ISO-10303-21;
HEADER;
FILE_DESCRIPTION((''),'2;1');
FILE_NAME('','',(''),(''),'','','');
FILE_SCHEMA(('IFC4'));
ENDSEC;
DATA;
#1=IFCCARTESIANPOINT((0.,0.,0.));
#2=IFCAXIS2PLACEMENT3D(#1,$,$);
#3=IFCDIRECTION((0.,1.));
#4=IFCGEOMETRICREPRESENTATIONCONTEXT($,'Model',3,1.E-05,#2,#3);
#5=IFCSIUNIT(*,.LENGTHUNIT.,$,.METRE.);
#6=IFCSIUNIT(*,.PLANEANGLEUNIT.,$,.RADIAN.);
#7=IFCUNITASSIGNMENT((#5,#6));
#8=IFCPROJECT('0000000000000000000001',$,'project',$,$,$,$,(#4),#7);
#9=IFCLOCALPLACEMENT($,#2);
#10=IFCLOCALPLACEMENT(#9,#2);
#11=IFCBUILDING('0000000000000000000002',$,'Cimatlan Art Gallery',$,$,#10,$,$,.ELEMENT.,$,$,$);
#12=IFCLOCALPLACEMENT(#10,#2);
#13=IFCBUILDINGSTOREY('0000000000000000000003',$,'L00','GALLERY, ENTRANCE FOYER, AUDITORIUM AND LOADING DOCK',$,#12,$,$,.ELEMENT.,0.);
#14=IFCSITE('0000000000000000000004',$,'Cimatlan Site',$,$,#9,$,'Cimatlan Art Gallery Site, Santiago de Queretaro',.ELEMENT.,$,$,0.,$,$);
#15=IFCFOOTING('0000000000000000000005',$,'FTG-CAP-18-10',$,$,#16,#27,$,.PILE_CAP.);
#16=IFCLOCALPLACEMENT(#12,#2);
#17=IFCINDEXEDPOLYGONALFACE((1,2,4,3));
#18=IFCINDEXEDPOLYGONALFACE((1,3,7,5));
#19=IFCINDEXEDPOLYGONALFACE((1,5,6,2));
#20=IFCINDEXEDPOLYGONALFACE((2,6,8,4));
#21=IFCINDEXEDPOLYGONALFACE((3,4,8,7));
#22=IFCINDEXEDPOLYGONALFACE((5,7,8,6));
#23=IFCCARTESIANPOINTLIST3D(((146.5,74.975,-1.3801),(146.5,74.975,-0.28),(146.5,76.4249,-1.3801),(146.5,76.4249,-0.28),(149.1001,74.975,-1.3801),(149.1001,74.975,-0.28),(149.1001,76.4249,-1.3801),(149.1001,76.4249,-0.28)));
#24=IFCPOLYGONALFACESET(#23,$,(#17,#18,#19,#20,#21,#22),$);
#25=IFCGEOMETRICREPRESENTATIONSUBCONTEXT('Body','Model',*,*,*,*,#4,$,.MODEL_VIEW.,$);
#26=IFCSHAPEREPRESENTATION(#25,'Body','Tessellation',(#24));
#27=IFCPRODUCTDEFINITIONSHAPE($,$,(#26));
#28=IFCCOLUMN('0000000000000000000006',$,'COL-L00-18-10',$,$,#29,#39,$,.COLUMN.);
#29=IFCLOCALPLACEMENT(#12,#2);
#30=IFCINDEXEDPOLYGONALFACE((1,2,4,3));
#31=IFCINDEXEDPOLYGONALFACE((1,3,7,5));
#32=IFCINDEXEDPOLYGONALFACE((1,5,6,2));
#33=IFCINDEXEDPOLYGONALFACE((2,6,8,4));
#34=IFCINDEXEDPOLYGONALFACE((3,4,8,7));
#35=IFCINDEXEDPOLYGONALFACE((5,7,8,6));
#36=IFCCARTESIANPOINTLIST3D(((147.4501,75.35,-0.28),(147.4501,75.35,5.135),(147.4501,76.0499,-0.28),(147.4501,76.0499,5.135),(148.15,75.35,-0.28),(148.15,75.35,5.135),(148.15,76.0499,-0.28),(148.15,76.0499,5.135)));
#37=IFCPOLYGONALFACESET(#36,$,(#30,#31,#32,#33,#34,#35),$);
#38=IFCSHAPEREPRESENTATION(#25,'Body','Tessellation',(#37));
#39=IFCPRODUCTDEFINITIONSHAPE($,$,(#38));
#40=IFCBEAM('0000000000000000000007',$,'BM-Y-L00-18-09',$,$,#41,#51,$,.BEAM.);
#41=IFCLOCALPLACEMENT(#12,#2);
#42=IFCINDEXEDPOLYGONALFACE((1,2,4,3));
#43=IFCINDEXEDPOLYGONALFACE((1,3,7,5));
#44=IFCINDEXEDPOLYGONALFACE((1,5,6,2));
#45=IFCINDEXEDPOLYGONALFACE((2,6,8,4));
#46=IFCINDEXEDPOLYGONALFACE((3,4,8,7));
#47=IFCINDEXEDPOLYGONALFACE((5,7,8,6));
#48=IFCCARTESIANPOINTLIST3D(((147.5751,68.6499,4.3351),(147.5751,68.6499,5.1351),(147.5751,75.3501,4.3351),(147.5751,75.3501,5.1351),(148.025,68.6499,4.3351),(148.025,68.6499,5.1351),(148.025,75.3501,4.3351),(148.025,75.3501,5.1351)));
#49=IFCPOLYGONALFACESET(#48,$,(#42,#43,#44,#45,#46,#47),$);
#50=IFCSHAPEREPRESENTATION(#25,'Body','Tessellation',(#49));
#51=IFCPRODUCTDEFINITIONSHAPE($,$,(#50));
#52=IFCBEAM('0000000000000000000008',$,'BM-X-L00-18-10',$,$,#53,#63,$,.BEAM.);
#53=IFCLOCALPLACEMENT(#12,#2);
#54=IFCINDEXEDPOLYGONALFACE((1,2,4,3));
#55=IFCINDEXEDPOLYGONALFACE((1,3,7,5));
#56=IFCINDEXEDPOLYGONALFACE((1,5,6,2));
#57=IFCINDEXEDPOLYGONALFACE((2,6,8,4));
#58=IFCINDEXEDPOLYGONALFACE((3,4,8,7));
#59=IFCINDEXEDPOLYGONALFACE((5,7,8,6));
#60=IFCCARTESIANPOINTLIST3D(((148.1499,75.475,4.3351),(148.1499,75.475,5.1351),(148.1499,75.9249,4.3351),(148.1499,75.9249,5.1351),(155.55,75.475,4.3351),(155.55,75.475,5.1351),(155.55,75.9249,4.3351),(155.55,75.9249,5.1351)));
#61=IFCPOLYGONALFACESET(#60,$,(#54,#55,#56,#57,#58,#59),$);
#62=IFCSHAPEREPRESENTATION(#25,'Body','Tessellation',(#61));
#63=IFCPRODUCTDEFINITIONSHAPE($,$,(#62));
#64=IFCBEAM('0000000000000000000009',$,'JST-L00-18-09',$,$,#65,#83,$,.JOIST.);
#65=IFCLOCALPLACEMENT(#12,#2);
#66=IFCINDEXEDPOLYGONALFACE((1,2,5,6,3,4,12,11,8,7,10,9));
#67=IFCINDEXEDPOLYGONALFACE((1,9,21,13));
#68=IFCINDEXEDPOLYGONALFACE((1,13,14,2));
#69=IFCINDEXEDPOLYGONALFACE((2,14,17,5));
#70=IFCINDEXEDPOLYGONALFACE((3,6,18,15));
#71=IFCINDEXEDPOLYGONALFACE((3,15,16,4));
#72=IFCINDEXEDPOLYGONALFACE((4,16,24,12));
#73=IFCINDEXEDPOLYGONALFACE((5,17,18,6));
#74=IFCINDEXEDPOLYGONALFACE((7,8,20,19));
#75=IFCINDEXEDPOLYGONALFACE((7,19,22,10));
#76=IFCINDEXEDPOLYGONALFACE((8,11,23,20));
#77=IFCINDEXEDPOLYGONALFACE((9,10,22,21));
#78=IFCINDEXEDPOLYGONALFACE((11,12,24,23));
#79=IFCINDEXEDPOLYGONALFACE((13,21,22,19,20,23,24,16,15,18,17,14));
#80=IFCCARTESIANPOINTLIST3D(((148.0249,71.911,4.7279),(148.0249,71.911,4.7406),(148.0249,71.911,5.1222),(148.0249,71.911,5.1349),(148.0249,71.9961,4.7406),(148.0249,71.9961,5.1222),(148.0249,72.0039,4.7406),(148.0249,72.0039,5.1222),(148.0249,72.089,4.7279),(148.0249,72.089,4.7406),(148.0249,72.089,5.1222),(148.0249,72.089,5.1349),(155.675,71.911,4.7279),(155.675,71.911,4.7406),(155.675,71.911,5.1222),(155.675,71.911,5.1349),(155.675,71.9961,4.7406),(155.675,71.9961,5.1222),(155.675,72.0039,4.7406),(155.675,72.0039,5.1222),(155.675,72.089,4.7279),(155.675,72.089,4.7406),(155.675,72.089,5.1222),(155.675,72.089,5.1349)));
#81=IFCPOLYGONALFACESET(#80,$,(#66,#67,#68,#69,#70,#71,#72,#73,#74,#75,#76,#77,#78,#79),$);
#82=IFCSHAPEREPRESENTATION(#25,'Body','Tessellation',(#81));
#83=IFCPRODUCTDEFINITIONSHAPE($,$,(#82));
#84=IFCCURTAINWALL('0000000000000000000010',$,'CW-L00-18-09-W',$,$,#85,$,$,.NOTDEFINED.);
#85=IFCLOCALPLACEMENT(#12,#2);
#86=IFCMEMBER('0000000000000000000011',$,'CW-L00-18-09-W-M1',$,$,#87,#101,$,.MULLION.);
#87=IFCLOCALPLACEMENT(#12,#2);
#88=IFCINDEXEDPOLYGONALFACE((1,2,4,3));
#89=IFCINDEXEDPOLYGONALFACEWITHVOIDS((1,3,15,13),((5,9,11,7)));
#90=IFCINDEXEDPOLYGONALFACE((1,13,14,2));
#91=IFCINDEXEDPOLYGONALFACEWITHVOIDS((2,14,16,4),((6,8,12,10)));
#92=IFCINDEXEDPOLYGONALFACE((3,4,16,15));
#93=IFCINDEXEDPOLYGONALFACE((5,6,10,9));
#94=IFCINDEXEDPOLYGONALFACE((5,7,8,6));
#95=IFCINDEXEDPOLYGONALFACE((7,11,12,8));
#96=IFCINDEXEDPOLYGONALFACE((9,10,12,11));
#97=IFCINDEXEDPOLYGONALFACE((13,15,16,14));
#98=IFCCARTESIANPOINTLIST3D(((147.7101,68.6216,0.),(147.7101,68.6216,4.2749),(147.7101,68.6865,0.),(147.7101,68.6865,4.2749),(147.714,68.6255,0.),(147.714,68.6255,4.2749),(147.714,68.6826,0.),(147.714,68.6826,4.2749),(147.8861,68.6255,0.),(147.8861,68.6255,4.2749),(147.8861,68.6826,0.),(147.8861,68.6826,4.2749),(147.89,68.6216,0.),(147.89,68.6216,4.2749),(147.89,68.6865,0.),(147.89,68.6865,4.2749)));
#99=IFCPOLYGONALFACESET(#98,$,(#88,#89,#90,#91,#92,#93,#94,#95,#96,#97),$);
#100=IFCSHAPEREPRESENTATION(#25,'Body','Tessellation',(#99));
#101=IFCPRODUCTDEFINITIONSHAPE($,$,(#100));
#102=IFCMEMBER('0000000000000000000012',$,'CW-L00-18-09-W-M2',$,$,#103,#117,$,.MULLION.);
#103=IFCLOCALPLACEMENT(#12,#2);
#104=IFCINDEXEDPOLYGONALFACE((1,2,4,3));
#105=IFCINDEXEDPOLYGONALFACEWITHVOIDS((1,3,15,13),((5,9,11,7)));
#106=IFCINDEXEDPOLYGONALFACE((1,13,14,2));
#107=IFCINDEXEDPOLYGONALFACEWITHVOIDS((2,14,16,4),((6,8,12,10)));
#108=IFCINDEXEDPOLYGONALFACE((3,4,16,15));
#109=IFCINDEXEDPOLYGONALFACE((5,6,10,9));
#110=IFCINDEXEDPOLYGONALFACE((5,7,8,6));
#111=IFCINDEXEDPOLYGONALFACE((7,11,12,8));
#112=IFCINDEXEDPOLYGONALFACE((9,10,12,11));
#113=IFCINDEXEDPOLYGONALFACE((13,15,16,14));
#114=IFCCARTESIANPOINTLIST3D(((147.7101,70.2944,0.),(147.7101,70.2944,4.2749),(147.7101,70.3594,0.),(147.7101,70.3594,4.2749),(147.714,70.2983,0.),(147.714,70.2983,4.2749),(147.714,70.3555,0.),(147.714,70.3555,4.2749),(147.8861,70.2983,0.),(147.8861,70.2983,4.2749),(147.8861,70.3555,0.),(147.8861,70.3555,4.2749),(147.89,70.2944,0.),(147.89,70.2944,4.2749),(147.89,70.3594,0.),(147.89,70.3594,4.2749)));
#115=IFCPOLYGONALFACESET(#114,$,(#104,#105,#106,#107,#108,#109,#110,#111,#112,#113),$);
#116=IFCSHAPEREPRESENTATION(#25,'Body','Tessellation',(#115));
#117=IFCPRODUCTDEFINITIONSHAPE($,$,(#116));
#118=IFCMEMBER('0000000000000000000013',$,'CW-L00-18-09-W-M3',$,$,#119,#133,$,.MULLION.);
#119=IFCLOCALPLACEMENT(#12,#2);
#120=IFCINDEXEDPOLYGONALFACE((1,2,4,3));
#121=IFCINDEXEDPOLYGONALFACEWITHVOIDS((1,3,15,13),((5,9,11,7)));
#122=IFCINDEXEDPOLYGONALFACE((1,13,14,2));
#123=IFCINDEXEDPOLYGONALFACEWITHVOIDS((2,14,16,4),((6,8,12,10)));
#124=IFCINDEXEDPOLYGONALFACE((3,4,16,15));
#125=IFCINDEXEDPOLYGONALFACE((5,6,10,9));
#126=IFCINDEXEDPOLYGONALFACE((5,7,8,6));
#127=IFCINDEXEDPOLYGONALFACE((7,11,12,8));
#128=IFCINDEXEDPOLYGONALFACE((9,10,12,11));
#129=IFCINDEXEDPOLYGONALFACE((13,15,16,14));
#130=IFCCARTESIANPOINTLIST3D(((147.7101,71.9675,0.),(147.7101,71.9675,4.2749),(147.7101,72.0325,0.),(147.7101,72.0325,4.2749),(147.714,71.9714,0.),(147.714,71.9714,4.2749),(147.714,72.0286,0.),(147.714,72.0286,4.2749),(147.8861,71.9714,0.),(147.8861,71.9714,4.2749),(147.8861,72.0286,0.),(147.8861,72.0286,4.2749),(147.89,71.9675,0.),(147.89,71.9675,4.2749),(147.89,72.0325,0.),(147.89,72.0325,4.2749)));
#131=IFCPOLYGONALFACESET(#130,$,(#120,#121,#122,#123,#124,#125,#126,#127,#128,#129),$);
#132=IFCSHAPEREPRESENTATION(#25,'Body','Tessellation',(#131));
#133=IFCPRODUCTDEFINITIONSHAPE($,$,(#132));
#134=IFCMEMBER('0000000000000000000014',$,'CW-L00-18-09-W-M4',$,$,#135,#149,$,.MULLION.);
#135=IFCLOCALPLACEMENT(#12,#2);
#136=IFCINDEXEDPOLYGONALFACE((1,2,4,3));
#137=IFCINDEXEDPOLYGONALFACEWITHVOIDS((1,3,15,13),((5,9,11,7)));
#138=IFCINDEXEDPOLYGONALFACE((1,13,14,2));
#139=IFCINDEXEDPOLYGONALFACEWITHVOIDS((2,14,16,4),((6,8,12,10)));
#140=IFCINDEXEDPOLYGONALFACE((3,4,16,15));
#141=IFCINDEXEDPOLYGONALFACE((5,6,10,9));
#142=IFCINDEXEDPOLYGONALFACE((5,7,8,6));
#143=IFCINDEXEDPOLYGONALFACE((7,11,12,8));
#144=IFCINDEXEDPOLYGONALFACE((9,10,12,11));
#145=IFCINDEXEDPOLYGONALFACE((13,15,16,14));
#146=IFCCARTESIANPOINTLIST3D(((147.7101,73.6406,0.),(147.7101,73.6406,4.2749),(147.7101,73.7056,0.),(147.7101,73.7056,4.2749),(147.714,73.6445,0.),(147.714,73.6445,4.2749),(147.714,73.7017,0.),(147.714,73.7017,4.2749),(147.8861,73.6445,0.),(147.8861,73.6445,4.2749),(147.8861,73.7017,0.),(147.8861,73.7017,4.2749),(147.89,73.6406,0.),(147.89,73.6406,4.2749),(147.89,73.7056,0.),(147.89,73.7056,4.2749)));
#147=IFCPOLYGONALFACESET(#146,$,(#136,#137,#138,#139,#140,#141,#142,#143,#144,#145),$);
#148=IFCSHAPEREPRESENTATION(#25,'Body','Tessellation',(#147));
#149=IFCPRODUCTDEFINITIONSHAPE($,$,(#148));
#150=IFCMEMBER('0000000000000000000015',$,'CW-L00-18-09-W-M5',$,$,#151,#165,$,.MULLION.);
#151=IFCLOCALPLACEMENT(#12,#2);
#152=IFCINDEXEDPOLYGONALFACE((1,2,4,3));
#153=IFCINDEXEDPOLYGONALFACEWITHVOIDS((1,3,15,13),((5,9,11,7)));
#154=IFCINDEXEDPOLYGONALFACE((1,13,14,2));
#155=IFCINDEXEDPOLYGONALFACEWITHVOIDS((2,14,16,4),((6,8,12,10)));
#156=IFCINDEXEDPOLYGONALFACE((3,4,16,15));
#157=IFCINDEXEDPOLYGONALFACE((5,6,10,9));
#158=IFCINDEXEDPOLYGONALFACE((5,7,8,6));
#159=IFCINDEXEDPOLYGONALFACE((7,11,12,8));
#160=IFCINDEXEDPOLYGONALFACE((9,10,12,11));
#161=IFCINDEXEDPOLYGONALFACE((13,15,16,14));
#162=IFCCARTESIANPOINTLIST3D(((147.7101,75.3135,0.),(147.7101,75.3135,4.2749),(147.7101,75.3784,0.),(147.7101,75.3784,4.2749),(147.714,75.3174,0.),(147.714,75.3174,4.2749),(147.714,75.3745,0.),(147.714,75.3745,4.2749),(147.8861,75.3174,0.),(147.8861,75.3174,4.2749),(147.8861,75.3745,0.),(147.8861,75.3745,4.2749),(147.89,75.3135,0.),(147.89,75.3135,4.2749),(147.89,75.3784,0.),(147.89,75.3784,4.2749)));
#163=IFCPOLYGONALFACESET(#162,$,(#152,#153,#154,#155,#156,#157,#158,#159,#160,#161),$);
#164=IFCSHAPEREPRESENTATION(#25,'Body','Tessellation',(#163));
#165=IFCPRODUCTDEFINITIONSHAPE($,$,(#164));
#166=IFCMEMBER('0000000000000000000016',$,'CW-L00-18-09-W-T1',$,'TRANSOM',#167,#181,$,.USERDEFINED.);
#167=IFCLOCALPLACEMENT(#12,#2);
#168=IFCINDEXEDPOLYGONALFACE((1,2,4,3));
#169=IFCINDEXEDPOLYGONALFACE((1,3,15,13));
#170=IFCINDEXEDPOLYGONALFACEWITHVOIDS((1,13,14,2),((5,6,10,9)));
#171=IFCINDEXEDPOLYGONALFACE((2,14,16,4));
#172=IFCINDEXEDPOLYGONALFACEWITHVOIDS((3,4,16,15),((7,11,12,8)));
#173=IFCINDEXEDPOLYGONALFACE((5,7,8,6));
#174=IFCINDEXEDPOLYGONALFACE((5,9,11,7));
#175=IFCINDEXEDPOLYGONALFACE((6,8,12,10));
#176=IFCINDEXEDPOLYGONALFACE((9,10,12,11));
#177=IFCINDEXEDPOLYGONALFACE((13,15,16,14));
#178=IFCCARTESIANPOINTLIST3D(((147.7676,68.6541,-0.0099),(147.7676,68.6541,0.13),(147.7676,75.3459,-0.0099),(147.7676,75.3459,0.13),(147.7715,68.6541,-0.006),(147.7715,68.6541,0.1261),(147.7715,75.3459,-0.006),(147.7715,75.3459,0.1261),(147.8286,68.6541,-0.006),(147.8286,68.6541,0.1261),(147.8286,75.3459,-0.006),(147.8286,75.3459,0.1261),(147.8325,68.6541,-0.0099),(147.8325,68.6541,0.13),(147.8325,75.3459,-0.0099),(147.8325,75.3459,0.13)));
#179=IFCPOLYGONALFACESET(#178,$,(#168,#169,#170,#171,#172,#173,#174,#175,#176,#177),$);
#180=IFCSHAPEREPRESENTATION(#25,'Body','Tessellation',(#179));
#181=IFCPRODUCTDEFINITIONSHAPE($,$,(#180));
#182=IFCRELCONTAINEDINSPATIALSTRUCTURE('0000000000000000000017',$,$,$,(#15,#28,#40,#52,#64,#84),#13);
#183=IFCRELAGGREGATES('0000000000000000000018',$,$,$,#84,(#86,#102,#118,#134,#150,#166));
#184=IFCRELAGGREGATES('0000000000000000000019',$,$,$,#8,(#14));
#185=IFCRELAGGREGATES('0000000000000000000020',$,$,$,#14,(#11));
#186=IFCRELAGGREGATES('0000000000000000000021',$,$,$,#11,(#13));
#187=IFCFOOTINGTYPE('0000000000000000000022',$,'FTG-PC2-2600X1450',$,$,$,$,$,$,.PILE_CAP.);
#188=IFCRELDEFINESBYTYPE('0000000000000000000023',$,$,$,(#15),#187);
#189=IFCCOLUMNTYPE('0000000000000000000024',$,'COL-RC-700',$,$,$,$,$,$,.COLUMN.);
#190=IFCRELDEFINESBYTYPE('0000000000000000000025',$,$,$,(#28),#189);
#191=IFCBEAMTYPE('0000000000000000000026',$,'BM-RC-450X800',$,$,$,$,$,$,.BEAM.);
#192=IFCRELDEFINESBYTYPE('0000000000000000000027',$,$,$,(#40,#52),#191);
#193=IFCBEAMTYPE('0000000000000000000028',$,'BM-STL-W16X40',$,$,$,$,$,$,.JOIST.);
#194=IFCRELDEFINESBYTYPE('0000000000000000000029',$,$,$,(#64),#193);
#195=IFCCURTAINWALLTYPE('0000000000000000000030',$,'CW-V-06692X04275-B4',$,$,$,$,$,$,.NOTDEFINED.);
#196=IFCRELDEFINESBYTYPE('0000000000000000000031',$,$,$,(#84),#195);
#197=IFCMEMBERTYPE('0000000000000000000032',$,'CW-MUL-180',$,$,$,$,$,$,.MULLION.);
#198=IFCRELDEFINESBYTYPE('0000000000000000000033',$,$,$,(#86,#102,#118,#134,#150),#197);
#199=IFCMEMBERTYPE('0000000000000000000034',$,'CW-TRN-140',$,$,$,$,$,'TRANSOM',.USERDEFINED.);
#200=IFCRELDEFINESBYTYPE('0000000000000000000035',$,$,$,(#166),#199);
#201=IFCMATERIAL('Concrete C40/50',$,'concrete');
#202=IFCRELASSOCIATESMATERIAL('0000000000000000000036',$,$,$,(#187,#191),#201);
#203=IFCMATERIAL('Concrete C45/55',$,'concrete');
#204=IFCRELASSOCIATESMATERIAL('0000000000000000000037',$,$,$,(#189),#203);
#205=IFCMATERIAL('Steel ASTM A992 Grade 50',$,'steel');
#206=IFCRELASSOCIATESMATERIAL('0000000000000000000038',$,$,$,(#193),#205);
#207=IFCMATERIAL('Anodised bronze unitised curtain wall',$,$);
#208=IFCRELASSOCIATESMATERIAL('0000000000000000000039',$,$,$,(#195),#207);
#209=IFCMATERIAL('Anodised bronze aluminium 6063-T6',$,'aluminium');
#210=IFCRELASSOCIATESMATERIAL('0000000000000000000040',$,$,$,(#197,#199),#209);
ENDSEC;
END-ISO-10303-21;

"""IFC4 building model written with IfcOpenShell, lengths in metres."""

from ifc_helpers import new_model, si_unit, direction, frame, origin, origin_2d, place, context, subcontext, project, spatial, rectangle, hollow_rectangle, i_section, extrude, material, material_profile, profile_set, type_object, element, aggregate, save


model = new_model("IFC4")

# Units and contexts
model_context = context("Model", 3, precision=1e-05, world=origin(), true_north=direction((0.0, 1.0)))
body_context = subcontext(model_context, "Body", "Model", "MODEL_VIEW")
ifc_project = project(units=[si_unit("LENGTHUNIT", "METRE"), si_unit("PLANEANGLEUNIT", "RADIAN")], contexts=[model_context])

# Site, building, storey
site_placement = place(None, origin())
site = spatial("IfcSite", under=ifc_project, at=site_placement, Name="Cimatlan Site", LongName="Cimatlan Art Gallery Site, Santiago de Queretaro", CompositionType="ELEMENT", RefElevation=0.0)
building_placement = place(site_placement, origin())
building = spatial("IfcBuilding", under=site, at=building_placement, Name="Cimatlan Art Gallery", CompositionType="ELEMENT")
storey_placement = place(building_placement, origin())
storey = spatial("IfcBuildingStorey", under=building, at=storey_placement, Name="L00", Description="GALLERY, ENTRANCE FOYER, AUDITORIUM AND LOADING DOCK", CompositionType="ELEMENT", Elevation=0.0)

# Footing
ifc_material_1 = material(Name="Concrete C40/50", Category="concrete")
footing_type = type_object("IfcFootingType", Name="FTG-PC2-2600X1450", PredefinedType="PILE_CAP", material=ifc_material_1)
footing_placement = place(storey_placement, frame((147.8, 75.7, -1.3801), z_axis=(0.0, 0.0, 1.0), x_axis=(1.0, 0.0, 0.0)))
element("IfcFooting", 1, at=footing_placement, inside=storey, type_object=footing_type, Name="FTG-CAP-18-10", PredefinedType="PILE_CAP", context=body_context, shape_type="SweptSolid", body=[
    extrude(rectangle(XDim=2.6001, YDim=1.45, at=origin_2d()), origin(), (0.0, 0.0, 1.0), 1.1001),
])

# Column
ifc_material_2 = material(Name="Concrete C45/55", Category="concrete")
ifc_material_profile_1 = material_profile(ifc_material_2, rectangle(XDim=0.7, YDim=0.7, at=origin_2d()), Name="RC700X700")
ifc_profile_set_1 = profile_set([ifc_material_profile_1], Name="Concrete C45/55")
column_type = type_object("IfcColumnType", Name="COL-RC-700", PredefinedType="COLUMN", material=ifc_profile_set_1)
column_placement = place(storey_placement, frame((147.8, 75.7, -0.28), z_axis=(0.0, 0.0, 1.0), x_axis=(1.0, 0.0, 0.0)))
element("IfcColumn", 2, at=column_placement, inside=storey, type_object=column_type, Name="COL-L00-18-10", PredefinedType="COLUMN", context=body_context, shape_type="SweptSolid", body=[
    extrude(rectangle(XDim=0.7, YDim=0.7, at=origin_2d()), origin(), (0.0, 0.0, 1.0), 5.415),
])

# Beams
ifc_material_profile_2 = material_profile(ifc_material_1, rectangle(XDim=0.45, YDim=0.8, at=origin_2d()), Name="RC450X800")
ifc_profile_set_2 = profile_set([ifc_material_profile_2], Name="Concrete C40/50")
beam_type_1 = type_object("IfcBeamType", Name="BM-RC-450X800", PredefinedType="BEAM", material=ifc_profile_set_2)
beam_1_placement = place(storey_placement, frame((147.8, 68.6499, 4.7351), z_axis=(0.0, 1.0, 0.0), x_axis=(-1.0, 0.0, 0.0)))
element("IfcBeam", 3, at=beam_1_placement, inside=storey, type_object=beam_type_1, Name="BM-Y-L00-18-09", PredefinedType="BEAM", context=body_context, shape_type="SweptSolid", body=[
    extrude(rectangle(XDim=0.45, YDim=0.8, at=origin_2d()), origin(), (0.0, 0.0, 1.0), 6.7002),
])
beam_2_placement = place(storey_placement, frame((148.1499, 75.7, 4.7351), z_axis=(1.0, 0.0, 0.0), x_axis=(0.0, 1.0, 0.0)))
element("IfcBeam", 4, at=beam_2_placement, inside=storey, type_object=beam_type_1, Name="BM-X-L00-18-10", PredefinedType="BEAM", context=body_context, shape_type="SweptSolid", body=[
    extrude(rectangle(XDim=0.45, YDim=0.8, at=origin_2d()), origin(), (0.0, 0.0, 1.0), 7.4001),
])
ifc_material_3 = material(Name="Steel ASTM A992 Grade 50", Category="steel")
ifc_material_profile_3 = material_profile(ifc_material_3, i_section(OverallWidth=0.178, OverallDepth=0.407, WebThickness=0.0078, FlangeThickness=0.0127, at=origin_2d()), Name="W16X40")
ifc_profile_set_3 = profile_set([ifc_material_profile_3], Name="Steel ASTM A992 Grade 50")
beam_type_2 = type_object("IfcBeamType", Name="BM-STL-W16X40", PredefinedType="JOIST", material=ifc_profile_set_3)
beam_3_placement = place(storey_placement, frame((148.0249, 72.0, 4.9314), z_axis=(1.0, 0.0, 0.0), x_axis=(0.0, 1.0, 0.0)))
element("IfcBeam", 5, at=beam_3_placement, inside=storey, type_object=beam_type_2, Name="JST-L00-18-09", PredefinedType="JOIST", context=body_context, shape_type="SweptSolid", body=[
    extrude(i_section(OverallWidth=0.178, OverallDepth=0.407, WebThickness=0.0078, FlangeThickness=0.0127, at=origin_2d()), origin(), (0.0, 0.0, 1.0), 7.6501),
])

# Curtain wall, members
ifc_material_4 = material(Name="Anodised bronze unitised curtain wall")
curtain_wall_type = type_object("IfcCurtainWallType", Name="CW-V-06692X04275-B4", PredefinedType="NOTDEFINED", material=ifc_material_4)
curtain_wall_placement = place(storey_placement, origin())
curtain_wall = element("IfcCurtainWall", 6, at=curtain_wall_placement, inside=storey, type_object=curtain_wall_type, Name="CW-L00-18-09-W", PredefinedType="NOTDEFINED")
ifc_material_5 = material(Name="Anodised bronze aluminium 6063-T6", Category="aluminium")
ifc_material_profile_4 = material_profile(ifc_material_5, hollow_rectangle(XDim=0.0649, YDim=0.1799, WallThickness=0.0039, at=origin_2d()), Name="ALU65X180X4")
ifc_profile_set_4 = profile_set([ifc_material_profile_4], Name="Anodised bronze aluminium 6063-T6")
member_type_1 = type_object("IfcMemberType", Name="CW-MUL-180", PredefinedType="MULLION", material=ifc_profile_set_4)
member_1_placement = place(storey_placement, frame((147.8, 68.6541, 0.0), z_axis=(0.0, 0.0, 1.0), x_axis=(0.0, 1.0, 0.0)))
member_1 = element("IfcMember", 7, at=member_1_placement, type_object=member_type_1, Name="CW-L00-18-09-W-M1", PredefinedType="MULLION", context=body_context, shape_type="SweptSolid", body=[
    extrude(hollow_rectangle(XDim=0.0649, YDim=0.1799, WallThickness=0.0039, at=origin_2d()), origin(), (0.0, 0.0, 1.0), 4.2749),
])
member_2_placement = place(storey_placement, frame((147.8, 70.3269, 0.0), z_axis=(0.0, 0.0, 1.0), x_axis=(0.0, 1.0, 0.0)))
member_2 = element("IfcMember", 8, at=member_2_placement, type_object=member_type_1, Name="CW-L00-18-09-W-M2", PredefinedType="MULLION", context=body_context, shape_type="SweptSolid", body=[
    extrude(hollow_rectangle(XDim=0.0649, YDim=0.1799, WallThickness=0.0039, at=origin_2d()), origin(), (0.0, 0.0, 1.0), 4.2749),
])
member_3_placement = place(storey_placement, frame((147.8, 72.0, 0.0), z_axis=(0.0, 0.0, 1.0), x_axis=(0.0, 1.0, 0.0)))
member_3 = element("IfcMember", 9, at=member_3_placement, type_object=member_type_1, Name="CW-L00-18-09-W-M3", PredefinedType="MULLION", context=body_context, shape_type="SweptSolid", body=[
    extrude(hollow_rectangle(XDim=0.0649, YDim=0.1799, WallThickness=0.0039, at=origin_2d()), origin(), (0.0, 0.0, 1.0), 4.2749),
])
member_4_placement = place(storey_placement, frame((147.8, 73.6731, 0.0), z_axis=(0.0, 0.0, 1.0), x_axis=(0.0, 1.0, 0.0)))
member_4 = element("IfcMember", 10, at=member_4_placement, type_object=member_type_1, Name="CW-L00-18-09-W-M4", PredefinedType="MULLION", context=body_context, shape_type="SweptSolid", body=[
    extrude(hollow_rectangle(XDim=0.0649, YDim=0.1799, WallThickness=0.0039, at=origin_2d()), origin(), (0.0, 0.0, 1.0), 4.2749),
])
member_5_placement = place(storey_placement, frame((147.8, 75.3459, 0.0), z_axis=(0.0, 0.0, 1.0), x_axis=(0.0, 1.0, 0.0)))
member_5 = element("IfcMember", 11, at=member_5_placement, type_object=member_type_1, Name="CW-L00-18-09-W-M5", PredefinedType="MULLION", context=body_context, shape_type="SweptSolid", body=[
    extrude(hollow_rectangle(XDim=0.0649, YDim=0.1799, WallThickness=0.0039, at=origin_2d()), origin(), (0.0, 0.0, 1.0), 4.2749),
])
ifc_material_profile_5 = material_profile(ifc_material_5, hollow_rectangle(XDim=0.0649, YDim=0.1399, WallThickness=0.0039, at=origin_2d()), Name="ALU65X140X4")
ifc_profile_set_5 = profile_set([ifc_material_profile_5], Name="Anodised bronze aluminium 6063-T6")
member_type_2 = type_object("IfcMemberType", Name="CW-TRN-140", ElementType="TRANSOM", PredefinedType="USERDEFINED", material=ifc_profile_set_5)
member_6_placement = place(storey_placement, frame((147.8, 68.6541, 0.0601), z_axis=(0.0, 1.0, 0.0), x_axis=(-1.0, 0.0, 0.0)))
member_6 = element("IfcMember", 12, at=member_6_placement, type_object=member_type_2, Name="CW-L00-18-09-W-T1", ObjectType="TRANSOM", PredefinedType="USERDEFINED", context=body_context, shape_type="SweptSolid", body=[
    extrude(hollow_rectangle(XDim=0.0649, YDim=0.1399, WallThickness=0.0039, at=origin_2d()), origin(), (0.0, 0.0, 1.0), 6.6919),
])
aggregate(curtain_wall, [member_1, member_2, member_3, member_4, member_5, member_6])

save(model, "model.ifc")
